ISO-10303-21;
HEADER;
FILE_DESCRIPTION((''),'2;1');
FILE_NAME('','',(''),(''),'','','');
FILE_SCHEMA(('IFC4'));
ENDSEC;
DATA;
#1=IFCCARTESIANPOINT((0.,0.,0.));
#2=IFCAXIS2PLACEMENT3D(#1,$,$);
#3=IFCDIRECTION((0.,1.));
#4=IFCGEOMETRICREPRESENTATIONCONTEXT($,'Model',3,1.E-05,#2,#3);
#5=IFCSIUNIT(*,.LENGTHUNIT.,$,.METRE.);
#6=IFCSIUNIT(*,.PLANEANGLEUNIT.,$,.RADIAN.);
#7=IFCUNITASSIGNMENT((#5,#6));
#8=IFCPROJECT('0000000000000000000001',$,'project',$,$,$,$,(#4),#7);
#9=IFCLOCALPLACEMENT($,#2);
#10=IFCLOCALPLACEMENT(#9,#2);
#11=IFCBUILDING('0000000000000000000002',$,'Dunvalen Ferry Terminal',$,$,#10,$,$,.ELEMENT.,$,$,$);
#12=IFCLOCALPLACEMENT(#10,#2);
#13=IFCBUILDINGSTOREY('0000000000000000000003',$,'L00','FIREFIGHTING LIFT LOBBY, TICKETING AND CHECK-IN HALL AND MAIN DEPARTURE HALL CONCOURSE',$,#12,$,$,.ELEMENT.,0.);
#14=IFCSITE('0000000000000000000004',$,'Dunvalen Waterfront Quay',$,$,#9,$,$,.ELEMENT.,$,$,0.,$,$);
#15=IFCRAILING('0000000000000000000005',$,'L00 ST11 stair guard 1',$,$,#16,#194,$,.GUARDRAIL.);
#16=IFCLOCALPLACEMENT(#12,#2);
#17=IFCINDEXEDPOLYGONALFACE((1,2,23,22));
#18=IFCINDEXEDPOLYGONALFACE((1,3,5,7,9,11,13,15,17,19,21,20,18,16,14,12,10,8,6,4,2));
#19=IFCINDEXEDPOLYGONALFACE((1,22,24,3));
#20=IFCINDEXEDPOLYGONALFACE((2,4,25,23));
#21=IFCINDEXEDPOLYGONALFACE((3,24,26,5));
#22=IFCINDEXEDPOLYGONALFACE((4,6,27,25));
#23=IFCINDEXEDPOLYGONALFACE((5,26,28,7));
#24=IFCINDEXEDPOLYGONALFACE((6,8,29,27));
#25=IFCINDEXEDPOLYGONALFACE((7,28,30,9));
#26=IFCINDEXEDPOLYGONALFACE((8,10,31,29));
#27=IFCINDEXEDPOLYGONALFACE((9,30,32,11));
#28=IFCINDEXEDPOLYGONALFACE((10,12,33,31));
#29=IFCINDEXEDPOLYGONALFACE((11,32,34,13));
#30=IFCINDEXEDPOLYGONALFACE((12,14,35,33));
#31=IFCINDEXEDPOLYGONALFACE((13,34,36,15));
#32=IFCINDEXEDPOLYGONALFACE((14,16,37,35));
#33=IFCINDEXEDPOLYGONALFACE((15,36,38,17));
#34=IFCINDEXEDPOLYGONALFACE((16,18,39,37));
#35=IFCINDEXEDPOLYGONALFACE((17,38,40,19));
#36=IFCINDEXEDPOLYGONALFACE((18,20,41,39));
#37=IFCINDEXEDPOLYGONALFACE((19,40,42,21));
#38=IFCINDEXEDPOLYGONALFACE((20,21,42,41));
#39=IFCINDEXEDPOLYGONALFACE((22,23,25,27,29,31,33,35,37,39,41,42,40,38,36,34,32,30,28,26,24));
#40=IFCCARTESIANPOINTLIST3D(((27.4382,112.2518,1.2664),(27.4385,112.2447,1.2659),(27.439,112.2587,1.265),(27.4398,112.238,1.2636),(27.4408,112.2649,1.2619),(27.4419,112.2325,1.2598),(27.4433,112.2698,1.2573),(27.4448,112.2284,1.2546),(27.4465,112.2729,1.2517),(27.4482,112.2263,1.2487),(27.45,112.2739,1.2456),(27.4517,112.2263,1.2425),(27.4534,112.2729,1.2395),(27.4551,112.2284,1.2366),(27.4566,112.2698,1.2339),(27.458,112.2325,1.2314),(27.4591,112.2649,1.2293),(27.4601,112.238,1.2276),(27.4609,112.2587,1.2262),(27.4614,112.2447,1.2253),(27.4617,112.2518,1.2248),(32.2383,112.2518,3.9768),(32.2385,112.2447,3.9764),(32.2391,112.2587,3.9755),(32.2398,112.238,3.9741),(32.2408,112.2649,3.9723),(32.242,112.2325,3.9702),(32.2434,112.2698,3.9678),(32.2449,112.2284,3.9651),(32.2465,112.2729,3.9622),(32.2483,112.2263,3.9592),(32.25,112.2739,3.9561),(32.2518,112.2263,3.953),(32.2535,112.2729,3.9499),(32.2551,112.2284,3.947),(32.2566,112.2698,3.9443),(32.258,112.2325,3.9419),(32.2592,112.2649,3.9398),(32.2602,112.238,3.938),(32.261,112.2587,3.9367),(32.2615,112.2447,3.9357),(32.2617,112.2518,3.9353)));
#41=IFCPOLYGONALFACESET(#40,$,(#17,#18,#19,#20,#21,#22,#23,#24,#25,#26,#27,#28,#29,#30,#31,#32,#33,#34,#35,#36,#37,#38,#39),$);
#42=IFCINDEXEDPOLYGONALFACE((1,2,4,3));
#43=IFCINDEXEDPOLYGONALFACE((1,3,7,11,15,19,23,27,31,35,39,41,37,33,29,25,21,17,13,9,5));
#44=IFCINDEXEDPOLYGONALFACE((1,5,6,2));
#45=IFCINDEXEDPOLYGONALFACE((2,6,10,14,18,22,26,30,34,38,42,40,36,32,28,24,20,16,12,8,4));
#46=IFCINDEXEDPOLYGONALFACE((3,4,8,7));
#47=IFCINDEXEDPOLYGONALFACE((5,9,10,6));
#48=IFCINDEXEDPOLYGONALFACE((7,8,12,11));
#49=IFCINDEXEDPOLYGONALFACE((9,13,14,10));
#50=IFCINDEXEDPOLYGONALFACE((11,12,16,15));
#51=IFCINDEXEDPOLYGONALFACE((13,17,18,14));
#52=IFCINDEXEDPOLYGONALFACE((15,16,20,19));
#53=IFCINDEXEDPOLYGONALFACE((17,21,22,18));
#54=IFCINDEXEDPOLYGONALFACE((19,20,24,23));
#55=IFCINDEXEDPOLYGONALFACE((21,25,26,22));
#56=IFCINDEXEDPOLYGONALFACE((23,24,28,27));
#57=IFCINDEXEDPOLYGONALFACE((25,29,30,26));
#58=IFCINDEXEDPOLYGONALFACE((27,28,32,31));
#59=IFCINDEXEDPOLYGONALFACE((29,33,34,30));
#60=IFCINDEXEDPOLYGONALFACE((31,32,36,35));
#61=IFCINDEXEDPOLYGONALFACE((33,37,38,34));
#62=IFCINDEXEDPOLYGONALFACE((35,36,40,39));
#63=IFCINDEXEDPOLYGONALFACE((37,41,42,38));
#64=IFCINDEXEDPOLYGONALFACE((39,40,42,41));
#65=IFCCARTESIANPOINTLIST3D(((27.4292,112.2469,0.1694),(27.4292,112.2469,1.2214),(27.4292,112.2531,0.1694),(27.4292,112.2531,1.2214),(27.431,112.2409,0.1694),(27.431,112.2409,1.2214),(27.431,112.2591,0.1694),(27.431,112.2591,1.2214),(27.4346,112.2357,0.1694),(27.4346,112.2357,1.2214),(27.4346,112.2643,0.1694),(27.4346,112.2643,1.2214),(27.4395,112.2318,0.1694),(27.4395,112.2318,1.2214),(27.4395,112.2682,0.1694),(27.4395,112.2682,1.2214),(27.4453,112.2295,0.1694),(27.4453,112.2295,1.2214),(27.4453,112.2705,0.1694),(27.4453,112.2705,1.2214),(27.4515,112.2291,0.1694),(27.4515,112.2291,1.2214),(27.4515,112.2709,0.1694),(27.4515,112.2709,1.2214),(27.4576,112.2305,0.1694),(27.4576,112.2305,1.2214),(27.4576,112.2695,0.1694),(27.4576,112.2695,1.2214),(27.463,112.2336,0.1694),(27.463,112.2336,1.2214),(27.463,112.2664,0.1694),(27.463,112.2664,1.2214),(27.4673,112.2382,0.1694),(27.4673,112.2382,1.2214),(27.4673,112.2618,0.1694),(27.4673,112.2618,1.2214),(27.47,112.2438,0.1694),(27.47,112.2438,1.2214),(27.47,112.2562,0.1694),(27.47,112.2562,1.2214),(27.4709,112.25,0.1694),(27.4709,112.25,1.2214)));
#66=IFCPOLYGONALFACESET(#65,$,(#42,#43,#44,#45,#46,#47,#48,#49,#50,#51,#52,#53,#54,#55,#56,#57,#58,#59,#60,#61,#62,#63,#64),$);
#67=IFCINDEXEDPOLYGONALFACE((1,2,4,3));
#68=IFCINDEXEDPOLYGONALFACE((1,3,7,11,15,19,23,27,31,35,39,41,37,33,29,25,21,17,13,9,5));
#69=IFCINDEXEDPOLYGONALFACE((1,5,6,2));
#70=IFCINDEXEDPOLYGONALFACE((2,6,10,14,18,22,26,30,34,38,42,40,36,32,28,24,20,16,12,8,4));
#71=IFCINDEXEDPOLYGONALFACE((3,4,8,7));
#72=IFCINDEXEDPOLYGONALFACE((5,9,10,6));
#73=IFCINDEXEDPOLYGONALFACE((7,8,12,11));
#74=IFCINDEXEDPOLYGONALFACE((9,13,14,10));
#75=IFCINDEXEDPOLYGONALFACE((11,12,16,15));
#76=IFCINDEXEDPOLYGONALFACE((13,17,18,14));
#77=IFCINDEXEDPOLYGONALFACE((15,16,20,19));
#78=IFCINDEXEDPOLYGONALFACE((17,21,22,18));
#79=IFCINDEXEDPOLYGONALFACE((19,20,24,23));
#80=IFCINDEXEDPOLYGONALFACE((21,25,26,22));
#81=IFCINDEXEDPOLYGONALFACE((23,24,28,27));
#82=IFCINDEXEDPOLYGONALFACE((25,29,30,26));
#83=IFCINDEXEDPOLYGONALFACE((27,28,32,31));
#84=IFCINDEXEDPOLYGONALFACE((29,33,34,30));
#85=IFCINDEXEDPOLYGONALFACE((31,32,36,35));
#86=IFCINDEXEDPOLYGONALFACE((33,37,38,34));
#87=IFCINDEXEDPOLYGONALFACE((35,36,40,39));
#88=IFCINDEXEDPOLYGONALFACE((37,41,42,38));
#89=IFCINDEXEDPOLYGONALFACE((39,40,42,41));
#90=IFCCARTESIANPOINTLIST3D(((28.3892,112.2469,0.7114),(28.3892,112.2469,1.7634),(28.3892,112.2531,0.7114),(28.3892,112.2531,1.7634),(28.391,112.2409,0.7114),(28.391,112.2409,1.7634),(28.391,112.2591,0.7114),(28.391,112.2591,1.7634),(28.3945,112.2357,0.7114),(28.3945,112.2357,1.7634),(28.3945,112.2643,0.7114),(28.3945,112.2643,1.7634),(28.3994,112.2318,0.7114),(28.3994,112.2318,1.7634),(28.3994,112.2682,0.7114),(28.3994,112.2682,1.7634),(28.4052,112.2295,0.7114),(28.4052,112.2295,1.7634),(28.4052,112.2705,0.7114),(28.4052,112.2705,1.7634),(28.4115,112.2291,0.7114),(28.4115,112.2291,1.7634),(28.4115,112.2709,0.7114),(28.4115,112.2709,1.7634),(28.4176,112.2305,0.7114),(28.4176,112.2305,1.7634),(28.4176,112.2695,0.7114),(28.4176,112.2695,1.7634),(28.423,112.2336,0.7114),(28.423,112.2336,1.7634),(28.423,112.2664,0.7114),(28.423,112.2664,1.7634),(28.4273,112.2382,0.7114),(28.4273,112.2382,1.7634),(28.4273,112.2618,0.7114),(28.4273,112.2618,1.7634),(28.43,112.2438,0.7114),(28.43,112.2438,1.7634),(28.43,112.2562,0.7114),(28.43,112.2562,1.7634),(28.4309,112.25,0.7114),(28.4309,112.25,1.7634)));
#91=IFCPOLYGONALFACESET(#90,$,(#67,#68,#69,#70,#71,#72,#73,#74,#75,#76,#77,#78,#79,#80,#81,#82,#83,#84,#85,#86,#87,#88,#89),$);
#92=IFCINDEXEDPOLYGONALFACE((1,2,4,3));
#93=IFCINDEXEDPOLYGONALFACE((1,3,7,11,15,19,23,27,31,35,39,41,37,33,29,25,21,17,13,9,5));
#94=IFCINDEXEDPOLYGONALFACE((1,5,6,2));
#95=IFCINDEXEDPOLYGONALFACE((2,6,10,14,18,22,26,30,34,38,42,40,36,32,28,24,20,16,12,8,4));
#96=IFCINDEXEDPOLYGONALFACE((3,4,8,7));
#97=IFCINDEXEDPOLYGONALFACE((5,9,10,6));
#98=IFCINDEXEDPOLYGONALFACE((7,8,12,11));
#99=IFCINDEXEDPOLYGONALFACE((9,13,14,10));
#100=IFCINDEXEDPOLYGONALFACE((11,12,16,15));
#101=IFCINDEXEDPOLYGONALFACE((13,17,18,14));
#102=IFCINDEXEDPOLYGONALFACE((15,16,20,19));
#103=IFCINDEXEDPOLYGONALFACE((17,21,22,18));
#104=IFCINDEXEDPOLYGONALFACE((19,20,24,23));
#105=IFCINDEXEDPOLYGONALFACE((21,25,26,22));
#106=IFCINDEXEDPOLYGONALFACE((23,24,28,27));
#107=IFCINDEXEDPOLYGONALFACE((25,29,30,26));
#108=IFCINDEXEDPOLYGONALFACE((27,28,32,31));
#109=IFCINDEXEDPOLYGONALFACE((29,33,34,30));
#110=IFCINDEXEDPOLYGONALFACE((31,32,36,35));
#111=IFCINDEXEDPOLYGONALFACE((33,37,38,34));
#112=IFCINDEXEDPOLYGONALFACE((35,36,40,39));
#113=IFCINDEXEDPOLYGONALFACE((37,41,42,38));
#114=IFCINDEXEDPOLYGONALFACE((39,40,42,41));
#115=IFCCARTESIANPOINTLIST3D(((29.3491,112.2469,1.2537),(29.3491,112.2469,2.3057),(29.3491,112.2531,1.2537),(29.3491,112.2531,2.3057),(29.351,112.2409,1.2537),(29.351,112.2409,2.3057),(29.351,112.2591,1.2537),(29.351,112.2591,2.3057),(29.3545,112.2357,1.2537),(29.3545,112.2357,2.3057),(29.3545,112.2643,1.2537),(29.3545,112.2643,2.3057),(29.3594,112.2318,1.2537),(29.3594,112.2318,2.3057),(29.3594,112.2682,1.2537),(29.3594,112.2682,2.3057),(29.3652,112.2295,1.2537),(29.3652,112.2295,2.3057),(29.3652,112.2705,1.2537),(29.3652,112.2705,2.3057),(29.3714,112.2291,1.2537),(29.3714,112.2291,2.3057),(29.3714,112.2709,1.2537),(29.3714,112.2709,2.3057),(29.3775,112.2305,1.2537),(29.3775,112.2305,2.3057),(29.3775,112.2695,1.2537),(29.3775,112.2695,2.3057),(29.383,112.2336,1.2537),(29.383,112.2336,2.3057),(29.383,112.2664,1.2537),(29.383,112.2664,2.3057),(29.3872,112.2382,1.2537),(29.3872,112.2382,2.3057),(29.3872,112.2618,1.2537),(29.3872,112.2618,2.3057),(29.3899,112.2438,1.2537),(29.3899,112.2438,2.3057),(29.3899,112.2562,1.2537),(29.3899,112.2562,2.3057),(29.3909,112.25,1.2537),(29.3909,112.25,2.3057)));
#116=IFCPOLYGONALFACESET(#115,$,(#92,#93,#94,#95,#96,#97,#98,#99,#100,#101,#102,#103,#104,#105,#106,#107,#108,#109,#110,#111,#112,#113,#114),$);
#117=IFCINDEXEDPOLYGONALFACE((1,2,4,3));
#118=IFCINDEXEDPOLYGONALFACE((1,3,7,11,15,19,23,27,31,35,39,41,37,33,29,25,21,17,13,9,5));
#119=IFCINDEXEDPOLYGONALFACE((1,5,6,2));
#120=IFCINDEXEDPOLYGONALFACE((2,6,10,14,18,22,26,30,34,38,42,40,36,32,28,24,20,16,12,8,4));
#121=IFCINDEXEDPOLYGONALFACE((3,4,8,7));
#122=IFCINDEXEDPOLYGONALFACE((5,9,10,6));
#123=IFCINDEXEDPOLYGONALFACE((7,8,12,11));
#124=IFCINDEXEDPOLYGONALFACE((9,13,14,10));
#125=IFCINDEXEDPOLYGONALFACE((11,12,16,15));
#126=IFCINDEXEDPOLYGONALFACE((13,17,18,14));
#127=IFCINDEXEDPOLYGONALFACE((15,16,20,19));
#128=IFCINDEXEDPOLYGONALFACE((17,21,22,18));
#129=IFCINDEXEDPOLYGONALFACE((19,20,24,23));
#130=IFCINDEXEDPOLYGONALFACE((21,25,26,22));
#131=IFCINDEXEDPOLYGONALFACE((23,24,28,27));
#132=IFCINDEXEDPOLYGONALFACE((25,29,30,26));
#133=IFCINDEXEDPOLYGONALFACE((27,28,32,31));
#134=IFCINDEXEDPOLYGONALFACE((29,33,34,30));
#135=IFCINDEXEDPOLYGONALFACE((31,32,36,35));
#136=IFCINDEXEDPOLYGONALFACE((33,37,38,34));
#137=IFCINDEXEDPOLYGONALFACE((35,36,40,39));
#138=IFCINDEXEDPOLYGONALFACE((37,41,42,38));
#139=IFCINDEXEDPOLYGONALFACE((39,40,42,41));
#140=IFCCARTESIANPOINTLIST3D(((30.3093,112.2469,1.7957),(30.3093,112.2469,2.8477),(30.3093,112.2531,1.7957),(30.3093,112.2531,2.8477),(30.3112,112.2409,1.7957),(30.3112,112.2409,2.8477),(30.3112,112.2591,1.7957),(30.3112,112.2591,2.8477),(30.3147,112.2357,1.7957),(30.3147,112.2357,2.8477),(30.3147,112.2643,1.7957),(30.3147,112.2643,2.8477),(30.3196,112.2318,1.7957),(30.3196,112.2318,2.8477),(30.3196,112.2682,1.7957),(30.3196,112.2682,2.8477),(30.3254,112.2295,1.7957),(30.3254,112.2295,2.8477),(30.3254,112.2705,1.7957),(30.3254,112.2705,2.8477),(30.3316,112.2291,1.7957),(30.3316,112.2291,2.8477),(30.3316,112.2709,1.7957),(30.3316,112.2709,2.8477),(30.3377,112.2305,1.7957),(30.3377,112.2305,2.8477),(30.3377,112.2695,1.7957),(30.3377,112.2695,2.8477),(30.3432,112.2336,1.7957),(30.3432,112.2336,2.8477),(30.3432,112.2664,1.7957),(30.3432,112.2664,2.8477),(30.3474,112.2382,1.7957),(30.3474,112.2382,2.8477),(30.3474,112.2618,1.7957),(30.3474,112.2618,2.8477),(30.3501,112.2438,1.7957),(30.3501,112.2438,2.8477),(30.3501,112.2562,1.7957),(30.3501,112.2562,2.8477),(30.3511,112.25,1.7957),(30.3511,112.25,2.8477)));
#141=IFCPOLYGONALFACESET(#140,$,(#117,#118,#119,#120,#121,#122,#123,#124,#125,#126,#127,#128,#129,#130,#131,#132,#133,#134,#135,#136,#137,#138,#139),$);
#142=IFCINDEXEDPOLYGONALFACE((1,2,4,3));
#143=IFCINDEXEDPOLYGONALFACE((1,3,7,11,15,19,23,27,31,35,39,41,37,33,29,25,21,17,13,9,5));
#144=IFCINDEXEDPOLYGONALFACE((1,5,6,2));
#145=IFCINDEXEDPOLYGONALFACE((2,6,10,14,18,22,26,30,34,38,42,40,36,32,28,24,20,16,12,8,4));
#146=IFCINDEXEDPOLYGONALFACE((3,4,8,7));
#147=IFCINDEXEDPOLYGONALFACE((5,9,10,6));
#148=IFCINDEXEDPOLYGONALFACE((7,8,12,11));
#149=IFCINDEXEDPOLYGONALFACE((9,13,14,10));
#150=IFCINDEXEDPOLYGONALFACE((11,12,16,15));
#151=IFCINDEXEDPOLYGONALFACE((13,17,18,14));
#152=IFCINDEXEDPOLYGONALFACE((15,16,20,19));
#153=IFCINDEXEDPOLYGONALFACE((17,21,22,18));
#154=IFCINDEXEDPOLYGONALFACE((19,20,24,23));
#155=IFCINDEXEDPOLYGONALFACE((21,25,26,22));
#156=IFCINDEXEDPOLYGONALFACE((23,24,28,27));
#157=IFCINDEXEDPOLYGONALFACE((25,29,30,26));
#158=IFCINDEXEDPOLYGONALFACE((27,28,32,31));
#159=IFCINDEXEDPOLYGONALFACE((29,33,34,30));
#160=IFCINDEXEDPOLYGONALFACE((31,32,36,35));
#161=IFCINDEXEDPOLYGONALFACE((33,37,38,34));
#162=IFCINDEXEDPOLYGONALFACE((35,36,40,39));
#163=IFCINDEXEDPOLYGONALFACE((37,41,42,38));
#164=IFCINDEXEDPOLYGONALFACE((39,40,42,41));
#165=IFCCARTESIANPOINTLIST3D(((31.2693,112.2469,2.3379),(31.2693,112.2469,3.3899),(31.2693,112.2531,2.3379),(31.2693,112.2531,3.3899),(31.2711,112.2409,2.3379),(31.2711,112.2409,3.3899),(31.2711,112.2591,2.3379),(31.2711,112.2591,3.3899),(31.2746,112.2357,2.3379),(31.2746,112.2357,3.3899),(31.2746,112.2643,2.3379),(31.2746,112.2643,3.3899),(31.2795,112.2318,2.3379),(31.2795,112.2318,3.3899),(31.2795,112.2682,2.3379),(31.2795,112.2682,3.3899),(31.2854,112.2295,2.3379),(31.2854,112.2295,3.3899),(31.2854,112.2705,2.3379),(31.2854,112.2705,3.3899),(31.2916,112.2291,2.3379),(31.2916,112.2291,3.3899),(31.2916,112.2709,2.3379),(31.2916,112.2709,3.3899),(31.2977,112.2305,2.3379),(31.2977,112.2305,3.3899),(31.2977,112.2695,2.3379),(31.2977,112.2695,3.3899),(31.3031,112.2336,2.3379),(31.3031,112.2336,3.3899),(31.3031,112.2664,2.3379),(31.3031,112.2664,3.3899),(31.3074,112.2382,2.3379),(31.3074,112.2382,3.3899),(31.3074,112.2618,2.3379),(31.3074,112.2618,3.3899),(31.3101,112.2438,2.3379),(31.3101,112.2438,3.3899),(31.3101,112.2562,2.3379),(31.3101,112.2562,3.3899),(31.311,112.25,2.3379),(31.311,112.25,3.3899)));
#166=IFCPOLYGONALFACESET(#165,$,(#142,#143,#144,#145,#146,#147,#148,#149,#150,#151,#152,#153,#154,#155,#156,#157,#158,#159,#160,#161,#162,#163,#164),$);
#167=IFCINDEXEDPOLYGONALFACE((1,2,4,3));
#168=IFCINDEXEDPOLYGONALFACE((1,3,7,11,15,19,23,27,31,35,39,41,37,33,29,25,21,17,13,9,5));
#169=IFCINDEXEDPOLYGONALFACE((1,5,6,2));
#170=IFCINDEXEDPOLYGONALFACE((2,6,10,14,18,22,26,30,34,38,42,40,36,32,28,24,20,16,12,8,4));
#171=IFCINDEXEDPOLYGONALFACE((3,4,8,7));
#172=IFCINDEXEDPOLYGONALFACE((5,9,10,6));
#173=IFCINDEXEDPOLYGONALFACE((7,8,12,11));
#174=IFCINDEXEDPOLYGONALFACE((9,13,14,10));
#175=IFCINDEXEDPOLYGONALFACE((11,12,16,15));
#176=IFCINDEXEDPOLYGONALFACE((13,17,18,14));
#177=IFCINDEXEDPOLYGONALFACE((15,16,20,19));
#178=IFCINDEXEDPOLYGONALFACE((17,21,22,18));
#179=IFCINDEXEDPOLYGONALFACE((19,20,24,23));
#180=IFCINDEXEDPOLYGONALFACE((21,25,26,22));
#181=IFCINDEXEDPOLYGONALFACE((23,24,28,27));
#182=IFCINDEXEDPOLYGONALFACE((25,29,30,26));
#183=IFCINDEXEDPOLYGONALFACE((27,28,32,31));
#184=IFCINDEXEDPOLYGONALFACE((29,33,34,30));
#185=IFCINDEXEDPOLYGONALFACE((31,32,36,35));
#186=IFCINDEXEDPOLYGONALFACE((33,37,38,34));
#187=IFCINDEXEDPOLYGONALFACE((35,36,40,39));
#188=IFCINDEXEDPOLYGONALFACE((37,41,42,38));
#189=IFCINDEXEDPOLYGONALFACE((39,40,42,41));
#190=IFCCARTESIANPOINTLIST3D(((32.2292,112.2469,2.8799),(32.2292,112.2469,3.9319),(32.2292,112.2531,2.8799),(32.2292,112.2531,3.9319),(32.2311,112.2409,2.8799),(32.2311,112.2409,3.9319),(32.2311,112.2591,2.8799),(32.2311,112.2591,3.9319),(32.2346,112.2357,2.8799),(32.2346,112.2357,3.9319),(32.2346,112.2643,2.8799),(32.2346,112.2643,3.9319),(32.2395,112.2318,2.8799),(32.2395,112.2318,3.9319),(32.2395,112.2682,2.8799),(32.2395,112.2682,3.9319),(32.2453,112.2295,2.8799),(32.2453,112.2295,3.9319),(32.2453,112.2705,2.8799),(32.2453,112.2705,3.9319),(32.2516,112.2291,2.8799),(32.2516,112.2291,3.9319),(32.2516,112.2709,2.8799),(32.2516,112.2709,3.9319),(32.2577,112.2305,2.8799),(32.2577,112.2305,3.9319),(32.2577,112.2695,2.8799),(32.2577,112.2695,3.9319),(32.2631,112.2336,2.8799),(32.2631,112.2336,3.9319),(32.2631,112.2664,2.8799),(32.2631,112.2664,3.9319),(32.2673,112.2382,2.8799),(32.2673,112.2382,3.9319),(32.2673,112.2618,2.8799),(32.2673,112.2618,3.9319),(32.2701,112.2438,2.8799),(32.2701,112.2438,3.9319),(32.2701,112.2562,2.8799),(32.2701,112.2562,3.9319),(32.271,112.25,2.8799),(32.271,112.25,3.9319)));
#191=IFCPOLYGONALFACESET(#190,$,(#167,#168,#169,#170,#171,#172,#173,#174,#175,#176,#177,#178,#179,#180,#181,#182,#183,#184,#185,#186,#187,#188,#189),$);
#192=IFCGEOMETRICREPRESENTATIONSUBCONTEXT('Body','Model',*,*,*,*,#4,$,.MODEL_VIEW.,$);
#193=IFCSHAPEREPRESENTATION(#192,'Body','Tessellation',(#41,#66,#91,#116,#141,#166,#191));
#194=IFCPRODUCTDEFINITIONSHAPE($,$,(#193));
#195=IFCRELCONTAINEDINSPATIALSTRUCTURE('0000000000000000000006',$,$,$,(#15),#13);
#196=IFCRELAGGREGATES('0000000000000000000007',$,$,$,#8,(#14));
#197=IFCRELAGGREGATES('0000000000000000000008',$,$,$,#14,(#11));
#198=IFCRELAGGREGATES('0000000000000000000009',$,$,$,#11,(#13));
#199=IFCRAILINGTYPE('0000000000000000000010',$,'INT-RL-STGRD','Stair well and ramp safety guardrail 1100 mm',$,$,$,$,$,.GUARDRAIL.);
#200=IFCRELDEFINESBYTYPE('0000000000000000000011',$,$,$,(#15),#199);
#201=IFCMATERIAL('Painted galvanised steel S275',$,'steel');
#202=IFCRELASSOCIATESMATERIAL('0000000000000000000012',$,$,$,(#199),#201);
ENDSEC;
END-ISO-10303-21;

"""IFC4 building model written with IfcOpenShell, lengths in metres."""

from ifc_helpers import new_model, si_unit, direction, frame, origin, origin_2d, place, context, subcontext, project, spatial, circle, extrude, material, type_object, element, save


model = new_model("IFC4")

# Units and contexts
model_context = context("Model", 3, precision=1e-05, world=origin(), true_north=direction((0.0, 1.0)))
body_context = subcontext(model_context, "Body", "Model", "MODEL_VIEW")
ifc_project = project(units=[si_unit("LENGTHUNIT", "METRE"), si_unit("PLANEANGLEUNIT", "RADIAN")], contexts=[model_context])

# Site, building, storey
site_placement = place(None, origin())
site = spatial("IfcSite", under=ifc_project, at=site_placement, Name="Dunvalen Waterfront Quay", CompositionType="ELEMENT", RefElevation=0.0)
building_placement = place(site_placement, origin())
building = spatial("IfcBuilding", under=site, at=building_placement, Name="Dunvalen Ferry Terminal", CompositionType="ELEMENT")
storey_placement = place(building_placement, origin())
storey = spatial("IfcBuildingStorey", under=building, at=storey_placement, Name="L00", Description="FIREFIGHTING LIFT LOBBY, TICKETING AND CHECK-IN HALL AND MAIN DEPARTURE HALL CONCOURSE", CompositionType="ELEMENT", Elevation=0.0)

# Railing
ifc_material_1 = material(Name="Painted galvanised steel S275", Category="steel")
railing_type_1 = type_object("IfcRailingType", Name="INT-RL-STGRD", Description="Stair well and ramp safety guardrail 1100 mm", PredefinedType="GUARDRAIL", material=ifc_material_1)
railing_1_placement = place(storey_placement, frame((27.45, 112.25, 0.1694)))
element("IfcRailing", 1, at=railing_1_placement, inside=storey, type_object=railing_type_1, Name="L00 ST11 stair guard 1", PredefinedType="GUARDRAIL", context=body_context, shape_type="SweptSolid", body=[
    extrude(circle(Radius=0.0239, at=origin_2d()), frame((0.0, 0.0, 1.0762), z_axis=(0.870767, 0.0, 0.491697), x_axis=(0.0, 1.0, 0.0)), (0.0, 0.0, 1.0), 5.5125),
    extrude(circle(Radius=0.021, at=origin_2d()), origin(), (0.0, 0.0, 1.0), 1.052),
    extrude(circle(Radius=0.021, at=origin_2d()), frame((0.96, 0.0, 0.542)), (0.0, 0.0, 1.0), 1.052),
    extrude(circle(Radius=0.021, at=origin_2d()), frame((1.9199, 0.0, 1.0842)), (0.0, 0.0, 1.0), 1.052),
    extrude(circle(Radius=0.021, at=origin_2d()), frame((2.8801, 0.0, 1.6262)), (0.0, 0.0, 1.0), 1.052),
    extrude(circle(Radius=0.021, at=origin_2d()), frame((3.8401, 0.0, 2.1685)), (0.0, 0.0, 1.0), 1.052),
    extrude(circle(Radius=0.021, at=origin_2d()), frame((4.8, 0.0, 2.7104)), (0.0, 0.0, 1.0), 1.052),
])

save(model, "model.ifc")
